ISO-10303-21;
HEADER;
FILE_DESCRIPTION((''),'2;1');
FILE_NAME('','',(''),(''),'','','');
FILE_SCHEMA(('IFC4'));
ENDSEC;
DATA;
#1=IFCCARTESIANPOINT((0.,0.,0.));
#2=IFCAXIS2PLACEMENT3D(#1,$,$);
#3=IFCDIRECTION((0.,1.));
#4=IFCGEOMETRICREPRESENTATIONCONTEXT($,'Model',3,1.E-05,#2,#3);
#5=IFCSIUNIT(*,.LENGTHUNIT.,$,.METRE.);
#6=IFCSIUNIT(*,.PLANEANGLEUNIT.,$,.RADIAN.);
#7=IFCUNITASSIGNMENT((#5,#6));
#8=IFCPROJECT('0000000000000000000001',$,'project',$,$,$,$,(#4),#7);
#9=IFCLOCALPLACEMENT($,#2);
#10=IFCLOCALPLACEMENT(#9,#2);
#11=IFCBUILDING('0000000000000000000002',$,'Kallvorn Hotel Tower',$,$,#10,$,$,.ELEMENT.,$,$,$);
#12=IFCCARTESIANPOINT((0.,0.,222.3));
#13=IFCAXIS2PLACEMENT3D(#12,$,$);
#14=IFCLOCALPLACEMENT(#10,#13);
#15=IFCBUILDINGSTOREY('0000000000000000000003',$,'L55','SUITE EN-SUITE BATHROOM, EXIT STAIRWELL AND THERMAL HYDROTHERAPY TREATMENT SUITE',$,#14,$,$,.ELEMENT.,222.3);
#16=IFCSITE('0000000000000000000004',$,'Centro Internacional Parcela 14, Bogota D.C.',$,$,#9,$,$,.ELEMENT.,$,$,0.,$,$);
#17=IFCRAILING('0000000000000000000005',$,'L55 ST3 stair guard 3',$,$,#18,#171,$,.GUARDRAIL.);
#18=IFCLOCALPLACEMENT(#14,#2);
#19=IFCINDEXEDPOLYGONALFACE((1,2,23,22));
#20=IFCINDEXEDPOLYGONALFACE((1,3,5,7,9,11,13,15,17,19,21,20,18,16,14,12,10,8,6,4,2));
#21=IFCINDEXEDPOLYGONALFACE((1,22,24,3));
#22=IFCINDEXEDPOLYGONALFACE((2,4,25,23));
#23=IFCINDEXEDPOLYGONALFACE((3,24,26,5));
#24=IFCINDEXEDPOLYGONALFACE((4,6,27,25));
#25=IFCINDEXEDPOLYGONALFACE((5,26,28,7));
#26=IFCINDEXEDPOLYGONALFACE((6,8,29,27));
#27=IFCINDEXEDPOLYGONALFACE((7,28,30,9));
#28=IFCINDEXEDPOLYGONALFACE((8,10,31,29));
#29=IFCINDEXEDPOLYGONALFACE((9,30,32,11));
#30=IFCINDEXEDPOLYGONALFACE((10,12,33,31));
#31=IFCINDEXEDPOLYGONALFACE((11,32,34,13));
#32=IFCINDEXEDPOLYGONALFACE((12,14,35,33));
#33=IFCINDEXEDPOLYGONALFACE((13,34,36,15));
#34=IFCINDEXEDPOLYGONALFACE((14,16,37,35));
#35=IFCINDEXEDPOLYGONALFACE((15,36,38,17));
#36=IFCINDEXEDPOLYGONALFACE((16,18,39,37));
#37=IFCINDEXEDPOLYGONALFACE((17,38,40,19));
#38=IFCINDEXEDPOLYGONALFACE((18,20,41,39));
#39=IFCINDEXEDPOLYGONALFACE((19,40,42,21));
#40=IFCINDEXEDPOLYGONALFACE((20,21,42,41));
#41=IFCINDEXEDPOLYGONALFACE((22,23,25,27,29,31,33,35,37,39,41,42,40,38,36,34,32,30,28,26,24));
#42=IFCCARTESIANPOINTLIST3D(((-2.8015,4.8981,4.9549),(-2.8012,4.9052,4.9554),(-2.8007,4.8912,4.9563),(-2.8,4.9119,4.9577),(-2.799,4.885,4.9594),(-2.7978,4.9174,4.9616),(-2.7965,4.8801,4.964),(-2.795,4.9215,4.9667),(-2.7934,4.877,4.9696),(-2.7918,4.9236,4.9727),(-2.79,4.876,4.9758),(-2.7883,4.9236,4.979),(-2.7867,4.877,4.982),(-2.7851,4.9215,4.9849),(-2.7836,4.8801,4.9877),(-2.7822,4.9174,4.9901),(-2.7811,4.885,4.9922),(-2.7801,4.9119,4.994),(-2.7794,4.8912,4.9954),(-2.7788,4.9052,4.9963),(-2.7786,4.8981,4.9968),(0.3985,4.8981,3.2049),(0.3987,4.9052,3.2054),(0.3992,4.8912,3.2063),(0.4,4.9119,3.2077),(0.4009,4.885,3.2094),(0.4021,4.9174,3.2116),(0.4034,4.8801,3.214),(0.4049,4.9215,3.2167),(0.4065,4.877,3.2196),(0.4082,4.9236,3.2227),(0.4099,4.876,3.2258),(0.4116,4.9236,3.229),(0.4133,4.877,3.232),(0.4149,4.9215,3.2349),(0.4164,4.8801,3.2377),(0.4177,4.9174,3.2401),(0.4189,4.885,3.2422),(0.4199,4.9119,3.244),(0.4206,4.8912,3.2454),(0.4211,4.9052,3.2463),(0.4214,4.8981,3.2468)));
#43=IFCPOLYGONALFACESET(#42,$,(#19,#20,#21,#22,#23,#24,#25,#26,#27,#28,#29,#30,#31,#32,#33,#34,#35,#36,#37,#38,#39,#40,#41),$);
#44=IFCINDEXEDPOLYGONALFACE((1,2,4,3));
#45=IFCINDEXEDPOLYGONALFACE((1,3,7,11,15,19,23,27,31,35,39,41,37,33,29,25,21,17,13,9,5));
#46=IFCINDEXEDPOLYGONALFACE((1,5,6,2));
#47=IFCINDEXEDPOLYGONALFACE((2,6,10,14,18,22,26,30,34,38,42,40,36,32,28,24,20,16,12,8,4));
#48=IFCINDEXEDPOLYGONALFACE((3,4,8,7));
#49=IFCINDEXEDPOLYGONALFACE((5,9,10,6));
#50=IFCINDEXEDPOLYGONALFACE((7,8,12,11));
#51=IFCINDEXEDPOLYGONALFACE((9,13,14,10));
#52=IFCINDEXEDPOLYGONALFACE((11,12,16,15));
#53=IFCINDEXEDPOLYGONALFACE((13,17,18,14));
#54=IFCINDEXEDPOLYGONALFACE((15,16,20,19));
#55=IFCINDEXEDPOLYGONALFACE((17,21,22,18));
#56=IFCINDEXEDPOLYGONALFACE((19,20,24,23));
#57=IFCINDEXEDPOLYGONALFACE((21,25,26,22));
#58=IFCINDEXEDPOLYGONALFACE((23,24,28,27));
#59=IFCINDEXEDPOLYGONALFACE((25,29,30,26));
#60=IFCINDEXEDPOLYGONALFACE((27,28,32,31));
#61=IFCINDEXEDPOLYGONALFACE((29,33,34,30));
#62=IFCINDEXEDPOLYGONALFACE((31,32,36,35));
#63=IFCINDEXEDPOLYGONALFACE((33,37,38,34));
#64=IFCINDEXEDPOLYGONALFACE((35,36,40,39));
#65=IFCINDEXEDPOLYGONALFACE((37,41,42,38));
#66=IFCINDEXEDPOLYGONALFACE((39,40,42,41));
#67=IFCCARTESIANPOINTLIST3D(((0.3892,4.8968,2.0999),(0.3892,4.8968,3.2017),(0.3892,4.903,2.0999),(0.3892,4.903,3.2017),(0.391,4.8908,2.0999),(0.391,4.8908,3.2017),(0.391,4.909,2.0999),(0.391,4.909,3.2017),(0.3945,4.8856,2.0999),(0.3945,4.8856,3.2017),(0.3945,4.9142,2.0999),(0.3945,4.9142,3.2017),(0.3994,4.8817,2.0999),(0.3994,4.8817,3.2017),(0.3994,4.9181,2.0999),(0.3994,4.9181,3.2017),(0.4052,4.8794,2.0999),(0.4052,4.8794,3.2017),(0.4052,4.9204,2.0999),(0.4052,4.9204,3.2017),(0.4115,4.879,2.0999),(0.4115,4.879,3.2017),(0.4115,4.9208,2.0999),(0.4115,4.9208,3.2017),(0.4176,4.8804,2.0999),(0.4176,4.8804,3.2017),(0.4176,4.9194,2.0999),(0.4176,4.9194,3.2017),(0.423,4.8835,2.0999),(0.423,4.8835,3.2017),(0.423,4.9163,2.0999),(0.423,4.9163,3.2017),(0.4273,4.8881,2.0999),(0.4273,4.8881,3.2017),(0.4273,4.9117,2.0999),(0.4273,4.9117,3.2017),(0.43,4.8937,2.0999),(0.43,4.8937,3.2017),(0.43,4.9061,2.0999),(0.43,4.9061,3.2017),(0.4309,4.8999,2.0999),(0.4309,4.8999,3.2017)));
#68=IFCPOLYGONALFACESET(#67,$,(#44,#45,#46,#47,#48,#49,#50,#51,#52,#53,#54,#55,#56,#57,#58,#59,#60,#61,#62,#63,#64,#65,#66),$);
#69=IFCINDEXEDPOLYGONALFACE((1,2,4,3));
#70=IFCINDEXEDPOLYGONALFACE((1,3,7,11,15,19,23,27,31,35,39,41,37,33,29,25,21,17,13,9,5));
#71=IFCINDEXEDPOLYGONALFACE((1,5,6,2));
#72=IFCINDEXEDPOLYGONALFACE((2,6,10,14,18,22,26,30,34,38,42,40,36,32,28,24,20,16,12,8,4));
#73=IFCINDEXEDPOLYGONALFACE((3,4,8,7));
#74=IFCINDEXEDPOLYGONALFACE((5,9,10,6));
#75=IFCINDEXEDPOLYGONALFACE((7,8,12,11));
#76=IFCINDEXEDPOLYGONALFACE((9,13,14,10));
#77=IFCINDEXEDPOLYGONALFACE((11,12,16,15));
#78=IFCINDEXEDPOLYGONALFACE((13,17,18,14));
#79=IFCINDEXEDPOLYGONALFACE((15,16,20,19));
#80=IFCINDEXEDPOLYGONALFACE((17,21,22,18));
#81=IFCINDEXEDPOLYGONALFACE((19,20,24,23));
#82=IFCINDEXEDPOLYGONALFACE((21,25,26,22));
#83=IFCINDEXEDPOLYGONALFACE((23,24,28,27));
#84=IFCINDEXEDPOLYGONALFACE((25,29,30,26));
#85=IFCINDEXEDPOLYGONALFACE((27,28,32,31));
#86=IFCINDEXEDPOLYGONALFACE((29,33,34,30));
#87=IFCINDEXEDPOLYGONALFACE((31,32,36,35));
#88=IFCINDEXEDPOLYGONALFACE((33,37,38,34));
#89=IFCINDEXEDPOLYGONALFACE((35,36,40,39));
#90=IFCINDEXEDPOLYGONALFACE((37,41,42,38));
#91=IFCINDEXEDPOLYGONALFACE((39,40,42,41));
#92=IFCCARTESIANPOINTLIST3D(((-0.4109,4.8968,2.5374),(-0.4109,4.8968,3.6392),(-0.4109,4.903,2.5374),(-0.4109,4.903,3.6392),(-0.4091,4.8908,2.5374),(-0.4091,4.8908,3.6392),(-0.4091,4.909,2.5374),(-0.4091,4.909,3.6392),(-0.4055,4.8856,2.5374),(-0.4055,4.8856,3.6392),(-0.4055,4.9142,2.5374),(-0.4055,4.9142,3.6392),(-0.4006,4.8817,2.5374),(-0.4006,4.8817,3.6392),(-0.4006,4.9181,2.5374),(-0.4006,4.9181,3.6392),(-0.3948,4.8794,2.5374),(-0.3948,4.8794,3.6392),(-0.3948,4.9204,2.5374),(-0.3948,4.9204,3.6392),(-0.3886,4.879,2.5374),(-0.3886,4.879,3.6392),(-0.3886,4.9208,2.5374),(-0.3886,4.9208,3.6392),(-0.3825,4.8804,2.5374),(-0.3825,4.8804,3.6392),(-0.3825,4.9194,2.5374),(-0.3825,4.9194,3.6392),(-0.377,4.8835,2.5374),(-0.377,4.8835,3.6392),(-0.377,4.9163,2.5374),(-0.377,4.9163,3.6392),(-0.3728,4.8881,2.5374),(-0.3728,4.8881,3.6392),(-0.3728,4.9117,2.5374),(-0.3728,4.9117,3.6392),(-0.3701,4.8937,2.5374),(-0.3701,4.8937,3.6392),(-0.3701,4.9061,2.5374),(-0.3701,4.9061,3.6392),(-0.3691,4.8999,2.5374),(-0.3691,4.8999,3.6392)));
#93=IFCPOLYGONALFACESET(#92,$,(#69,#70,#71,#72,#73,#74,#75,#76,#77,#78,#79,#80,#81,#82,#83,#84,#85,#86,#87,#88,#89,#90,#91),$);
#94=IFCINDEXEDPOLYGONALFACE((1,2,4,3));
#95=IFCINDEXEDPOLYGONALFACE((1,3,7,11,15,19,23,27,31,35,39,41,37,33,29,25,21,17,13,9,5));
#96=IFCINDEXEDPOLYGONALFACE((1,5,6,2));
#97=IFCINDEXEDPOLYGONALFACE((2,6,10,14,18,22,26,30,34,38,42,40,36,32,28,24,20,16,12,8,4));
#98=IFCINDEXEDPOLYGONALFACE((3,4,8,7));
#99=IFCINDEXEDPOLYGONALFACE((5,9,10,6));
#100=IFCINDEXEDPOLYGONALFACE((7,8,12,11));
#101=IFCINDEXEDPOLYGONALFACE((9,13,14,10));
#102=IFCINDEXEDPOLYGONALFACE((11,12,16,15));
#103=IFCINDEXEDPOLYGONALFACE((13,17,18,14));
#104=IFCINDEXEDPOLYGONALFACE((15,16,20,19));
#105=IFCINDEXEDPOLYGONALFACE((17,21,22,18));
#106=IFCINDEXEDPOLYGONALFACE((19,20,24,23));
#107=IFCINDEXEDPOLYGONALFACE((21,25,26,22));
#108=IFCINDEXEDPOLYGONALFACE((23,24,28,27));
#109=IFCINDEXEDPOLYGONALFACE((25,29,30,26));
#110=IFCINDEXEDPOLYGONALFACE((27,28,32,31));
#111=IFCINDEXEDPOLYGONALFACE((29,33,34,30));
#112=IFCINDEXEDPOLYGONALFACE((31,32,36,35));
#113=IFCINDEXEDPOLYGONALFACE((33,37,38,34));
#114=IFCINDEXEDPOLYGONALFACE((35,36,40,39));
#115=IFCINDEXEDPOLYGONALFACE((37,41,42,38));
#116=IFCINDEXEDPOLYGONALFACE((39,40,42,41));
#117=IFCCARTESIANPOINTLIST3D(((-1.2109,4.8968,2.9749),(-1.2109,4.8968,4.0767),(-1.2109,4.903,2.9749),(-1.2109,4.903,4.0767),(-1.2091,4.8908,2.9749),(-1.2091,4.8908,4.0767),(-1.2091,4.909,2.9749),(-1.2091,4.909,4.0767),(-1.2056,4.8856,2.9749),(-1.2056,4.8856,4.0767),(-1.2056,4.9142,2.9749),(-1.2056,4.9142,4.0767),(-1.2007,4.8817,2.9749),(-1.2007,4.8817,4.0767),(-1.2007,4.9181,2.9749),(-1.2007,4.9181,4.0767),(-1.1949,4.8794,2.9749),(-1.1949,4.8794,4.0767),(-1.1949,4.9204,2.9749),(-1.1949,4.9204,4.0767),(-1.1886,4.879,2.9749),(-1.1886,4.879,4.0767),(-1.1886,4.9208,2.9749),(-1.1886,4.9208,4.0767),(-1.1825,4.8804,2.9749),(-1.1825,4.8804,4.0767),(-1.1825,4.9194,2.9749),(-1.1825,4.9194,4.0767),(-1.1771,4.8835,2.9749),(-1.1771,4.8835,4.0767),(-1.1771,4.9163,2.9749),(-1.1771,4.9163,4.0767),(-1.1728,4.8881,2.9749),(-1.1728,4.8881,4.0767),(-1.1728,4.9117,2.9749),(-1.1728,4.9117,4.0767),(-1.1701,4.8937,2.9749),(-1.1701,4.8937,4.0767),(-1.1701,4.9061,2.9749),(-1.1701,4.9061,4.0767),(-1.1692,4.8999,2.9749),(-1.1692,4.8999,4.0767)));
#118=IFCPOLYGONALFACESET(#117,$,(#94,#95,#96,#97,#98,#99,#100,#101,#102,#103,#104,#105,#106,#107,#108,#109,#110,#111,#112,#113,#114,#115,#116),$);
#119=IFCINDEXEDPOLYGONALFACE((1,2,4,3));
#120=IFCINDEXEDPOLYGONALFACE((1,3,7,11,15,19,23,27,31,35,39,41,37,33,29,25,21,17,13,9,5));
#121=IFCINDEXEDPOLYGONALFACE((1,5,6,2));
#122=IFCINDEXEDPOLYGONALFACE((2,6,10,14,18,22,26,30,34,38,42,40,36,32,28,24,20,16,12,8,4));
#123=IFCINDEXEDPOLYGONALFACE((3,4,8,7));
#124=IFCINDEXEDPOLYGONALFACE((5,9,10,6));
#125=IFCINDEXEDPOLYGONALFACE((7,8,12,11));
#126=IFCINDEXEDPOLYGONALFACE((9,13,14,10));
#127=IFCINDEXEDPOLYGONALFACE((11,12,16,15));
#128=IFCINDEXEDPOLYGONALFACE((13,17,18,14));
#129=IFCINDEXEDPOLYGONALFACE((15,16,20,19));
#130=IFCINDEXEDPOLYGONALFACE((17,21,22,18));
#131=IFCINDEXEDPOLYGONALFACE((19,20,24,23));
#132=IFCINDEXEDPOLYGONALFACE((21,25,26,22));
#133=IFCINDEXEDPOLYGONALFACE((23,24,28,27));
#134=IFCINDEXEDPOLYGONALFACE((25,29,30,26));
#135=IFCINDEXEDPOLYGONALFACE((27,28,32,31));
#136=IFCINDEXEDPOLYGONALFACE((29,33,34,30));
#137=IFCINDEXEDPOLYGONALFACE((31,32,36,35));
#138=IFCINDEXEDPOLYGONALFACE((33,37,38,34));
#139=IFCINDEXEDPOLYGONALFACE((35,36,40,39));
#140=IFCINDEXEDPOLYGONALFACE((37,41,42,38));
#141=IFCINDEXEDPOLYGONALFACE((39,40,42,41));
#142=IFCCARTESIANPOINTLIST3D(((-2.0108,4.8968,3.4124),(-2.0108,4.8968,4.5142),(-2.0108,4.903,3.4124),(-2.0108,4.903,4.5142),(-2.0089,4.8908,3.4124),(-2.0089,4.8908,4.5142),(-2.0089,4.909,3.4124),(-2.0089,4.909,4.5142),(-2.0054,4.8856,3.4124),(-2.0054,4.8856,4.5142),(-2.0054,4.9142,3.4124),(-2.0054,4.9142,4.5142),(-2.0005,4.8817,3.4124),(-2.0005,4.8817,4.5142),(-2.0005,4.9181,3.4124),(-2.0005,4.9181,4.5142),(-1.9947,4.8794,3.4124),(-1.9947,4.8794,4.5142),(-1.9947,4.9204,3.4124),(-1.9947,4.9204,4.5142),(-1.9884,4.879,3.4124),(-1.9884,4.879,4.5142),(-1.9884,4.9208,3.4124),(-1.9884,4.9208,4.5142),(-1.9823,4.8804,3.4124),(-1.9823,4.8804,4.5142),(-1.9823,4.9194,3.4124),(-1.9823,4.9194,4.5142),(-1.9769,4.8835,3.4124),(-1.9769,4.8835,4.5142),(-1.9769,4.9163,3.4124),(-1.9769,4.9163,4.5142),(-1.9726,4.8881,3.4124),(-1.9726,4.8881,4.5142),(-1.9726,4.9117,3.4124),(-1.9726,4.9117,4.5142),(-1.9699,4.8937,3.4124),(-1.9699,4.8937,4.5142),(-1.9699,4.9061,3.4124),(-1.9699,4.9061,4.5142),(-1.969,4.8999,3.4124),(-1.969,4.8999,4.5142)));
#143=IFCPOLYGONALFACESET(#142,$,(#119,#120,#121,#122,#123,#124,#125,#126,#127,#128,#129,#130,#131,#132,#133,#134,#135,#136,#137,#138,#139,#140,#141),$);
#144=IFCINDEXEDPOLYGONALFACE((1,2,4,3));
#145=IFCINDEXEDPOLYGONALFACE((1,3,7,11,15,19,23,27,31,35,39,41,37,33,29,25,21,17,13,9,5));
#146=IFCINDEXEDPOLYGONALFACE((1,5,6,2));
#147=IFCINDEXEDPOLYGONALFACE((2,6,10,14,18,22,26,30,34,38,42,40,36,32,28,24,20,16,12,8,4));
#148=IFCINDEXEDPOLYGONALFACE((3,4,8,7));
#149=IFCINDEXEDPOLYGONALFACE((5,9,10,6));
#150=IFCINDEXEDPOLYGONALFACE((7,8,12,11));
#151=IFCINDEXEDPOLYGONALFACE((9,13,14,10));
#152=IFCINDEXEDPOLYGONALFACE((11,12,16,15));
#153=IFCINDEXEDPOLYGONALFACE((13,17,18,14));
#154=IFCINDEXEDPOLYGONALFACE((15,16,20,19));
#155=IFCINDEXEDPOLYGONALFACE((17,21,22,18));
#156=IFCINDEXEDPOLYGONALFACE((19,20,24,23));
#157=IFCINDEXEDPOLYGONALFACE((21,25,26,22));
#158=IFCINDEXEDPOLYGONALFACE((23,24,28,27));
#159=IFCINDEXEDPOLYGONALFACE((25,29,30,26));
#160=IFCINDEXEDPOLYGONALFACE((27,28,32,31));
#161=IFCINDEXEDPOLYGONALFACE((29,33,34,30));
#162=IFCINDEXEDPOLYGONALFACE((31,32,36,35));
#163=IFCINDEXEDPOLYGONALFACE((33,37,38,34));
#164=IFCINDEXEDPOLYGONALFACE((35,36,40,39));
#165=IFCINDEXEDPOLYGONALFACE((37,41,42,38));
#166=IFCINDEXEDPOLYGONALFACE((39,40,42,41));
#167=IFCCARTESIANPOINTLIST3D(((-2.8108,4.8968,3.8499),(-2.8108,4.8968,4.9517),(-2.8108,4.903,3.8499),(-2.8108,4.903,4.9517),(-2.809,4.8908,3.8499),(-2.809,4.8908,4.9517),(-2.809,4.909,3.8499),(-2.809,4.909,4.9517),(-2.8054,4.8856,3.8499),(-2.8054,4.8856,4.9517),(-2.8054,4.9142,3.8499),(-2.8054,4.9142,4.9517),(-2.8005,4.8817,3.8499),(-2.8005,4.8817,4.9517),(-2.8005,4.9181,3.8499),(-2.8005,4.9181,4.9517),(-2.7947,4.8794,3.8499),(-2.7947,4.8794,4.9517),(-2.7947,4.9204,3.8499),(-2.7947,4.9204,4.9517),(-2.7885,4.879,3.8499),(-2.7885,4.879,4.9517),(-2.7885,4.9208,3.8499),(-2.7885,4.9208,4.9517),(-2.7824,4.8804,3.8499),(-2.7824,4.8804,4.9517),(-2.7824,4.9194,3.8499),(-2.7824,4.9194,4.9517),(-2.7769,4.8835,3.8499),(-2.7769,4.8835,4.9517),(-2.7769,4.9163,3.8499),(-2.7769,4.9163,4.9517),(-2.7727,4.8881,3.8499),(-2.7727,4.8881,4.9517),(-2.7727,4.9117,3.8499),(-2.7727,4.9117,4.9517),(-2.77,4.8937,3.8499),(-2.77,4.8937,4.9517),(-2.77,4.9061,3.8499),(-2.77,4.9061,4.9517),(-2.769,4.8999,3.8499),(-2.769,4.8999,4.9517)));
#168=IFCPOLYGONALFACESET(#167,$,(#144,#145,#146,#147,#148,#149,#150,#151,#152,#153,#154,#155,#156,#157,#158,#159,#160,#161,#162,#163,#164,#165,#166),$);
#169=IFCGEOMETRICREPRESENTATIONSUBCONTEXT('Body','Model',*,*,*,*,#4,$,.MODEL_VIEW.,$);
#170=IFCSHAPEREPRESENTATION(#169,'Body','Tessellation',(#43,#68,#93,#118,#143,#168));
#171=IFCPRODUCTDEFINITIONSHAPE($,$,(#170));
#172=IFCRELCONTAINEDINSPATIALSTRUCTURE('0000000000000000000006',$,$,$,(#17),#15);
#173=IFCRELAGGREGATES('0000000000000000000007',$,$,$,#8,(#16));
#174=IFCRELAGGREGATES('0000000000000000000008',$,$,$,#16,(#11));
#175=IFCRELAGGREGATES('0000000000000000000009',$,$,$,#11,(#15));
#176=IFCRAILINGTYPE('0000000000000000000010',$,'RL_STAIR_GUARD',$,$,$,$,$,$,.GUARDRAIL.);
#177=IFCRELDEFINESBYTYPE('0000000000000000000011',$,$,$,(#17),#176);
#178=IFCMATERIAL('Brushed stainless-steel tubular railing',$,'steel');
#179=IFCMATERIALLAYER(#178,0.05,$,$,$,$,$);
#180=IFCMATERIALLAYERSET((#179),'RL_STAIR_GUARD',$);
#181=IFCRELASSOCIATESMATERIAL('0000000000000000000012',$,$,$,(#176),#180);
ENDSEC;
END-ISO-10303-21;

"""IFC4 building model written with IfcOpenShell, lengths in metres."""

from ifc_helpers import new_model, si_unit, direction, frame, origin, origin_2d, place, context, subcontext, project, spatial, circle, extrude, material, layer, layer_set, type_object, element, save


model = new_model("IFC4")

# Units and contexts
model_context = context("Model", 3, precision=1e-05, world=origin(), true_north=direction((0.0, 1.0)))
body_context = subcontext(model_context, "Body", "Model", "MODEL_VIEW")
ifc_project = project(units=[si_unit("LENGTHUNIT", "METRE"), si_unit("PLANEANGLEUNIT", "RADIAN")], contexts=[model_context])

# Site, building, storey
site_placement = place(None, origin())
site = spatial("IfcSite", under=ifc_project, at=site_placement, Name="Centro Internacional Parcela 14, Bogota D.C.", CompositionType="ELEMENT", RefElevation=0.0)
building_placement = place(site_placement, origin())
building = spatial("IfcBuilding", under=site, at=building_placement, Name="Kallvorn Hotel Tower", CompositionType="ELEMENT")
storey_placement = place(building_placement, frame((0.0, 0.0, 222.3)))
storey = spatial("IfcBuildingStorey", under=building, at=storey_placement, Name="L55", Description="SUITE EN-SUITE BATHROOM, EXIT STAIRWELL AND THERMAL HYDROTHERAPY TREATMENT SUITE", CompositionType="ELEMENT", Elevation=222.3)

# Railing
ifc_material_1 = material(Name="Brushed stainless-steel tubular railing", Category="steel")
ifc_layer_1 = layer(ifc_material_1, 0.05)
ifc_layer_set_1 = layer_set([ifc_layer_1], Name="RL_STAIR_GUARD")
railing_type_1 = type_object("IfcRailingType", Name="RL_STAIR_GUARD", PredefinedType="GUARDRAIL", material=ifc_layer_set_1)
railing_1_placement = place(storey_placement, frame((0.4099, 4.8999, 2.0999)))
element("IfcRailing", 1, at=railing_1_placement, inside=storey, type_object=railing_type_1, Name="L55 ST3 stair guard 3", PredefinedType="GUARDRAIL", context=body_context, shape_type="SweptSolid", body=[
    extrude(circle(Radius=0.0239, at=origin_2d()), frame((0.0, 0.0, 1.126), z_axis=(-0.877368, 0.0, 0.479818), x_axis=(0.0, -1.0, 0.0)), (0.0, 0.0, 1.0), 3.6472),
    extrude(circle(Radius=0.021, at=origin_2d()), origin(), (0.0, 0.0, 1.0), 1.1018),
    extrude(circle(Radius=0.021, at=origin_2d()), frame((-0.8, 0.0, 0.4375)), (0.0, 0.0, 1.0), 1.1018),
    extrude(circle(Radius=0.021, at=origin_2d()), frame((-1.6001, 0.0, 0.875)), (0.0, 0.0, 1.0), 1.1018),
    extrude(circle(Radius=0.021, at=origin_2d()), frame((-2.3999, 0.0, 1.3125)), (0.0, 0.0, 1.0), 1.1018),
    extrude(circle(Radius=0.021, at=origin_2d()), frame((-3.2, 0.0, 1.75)), (0.0, 0.0, 1.0), 1.1018),
])

save(model, "model.ifc")
